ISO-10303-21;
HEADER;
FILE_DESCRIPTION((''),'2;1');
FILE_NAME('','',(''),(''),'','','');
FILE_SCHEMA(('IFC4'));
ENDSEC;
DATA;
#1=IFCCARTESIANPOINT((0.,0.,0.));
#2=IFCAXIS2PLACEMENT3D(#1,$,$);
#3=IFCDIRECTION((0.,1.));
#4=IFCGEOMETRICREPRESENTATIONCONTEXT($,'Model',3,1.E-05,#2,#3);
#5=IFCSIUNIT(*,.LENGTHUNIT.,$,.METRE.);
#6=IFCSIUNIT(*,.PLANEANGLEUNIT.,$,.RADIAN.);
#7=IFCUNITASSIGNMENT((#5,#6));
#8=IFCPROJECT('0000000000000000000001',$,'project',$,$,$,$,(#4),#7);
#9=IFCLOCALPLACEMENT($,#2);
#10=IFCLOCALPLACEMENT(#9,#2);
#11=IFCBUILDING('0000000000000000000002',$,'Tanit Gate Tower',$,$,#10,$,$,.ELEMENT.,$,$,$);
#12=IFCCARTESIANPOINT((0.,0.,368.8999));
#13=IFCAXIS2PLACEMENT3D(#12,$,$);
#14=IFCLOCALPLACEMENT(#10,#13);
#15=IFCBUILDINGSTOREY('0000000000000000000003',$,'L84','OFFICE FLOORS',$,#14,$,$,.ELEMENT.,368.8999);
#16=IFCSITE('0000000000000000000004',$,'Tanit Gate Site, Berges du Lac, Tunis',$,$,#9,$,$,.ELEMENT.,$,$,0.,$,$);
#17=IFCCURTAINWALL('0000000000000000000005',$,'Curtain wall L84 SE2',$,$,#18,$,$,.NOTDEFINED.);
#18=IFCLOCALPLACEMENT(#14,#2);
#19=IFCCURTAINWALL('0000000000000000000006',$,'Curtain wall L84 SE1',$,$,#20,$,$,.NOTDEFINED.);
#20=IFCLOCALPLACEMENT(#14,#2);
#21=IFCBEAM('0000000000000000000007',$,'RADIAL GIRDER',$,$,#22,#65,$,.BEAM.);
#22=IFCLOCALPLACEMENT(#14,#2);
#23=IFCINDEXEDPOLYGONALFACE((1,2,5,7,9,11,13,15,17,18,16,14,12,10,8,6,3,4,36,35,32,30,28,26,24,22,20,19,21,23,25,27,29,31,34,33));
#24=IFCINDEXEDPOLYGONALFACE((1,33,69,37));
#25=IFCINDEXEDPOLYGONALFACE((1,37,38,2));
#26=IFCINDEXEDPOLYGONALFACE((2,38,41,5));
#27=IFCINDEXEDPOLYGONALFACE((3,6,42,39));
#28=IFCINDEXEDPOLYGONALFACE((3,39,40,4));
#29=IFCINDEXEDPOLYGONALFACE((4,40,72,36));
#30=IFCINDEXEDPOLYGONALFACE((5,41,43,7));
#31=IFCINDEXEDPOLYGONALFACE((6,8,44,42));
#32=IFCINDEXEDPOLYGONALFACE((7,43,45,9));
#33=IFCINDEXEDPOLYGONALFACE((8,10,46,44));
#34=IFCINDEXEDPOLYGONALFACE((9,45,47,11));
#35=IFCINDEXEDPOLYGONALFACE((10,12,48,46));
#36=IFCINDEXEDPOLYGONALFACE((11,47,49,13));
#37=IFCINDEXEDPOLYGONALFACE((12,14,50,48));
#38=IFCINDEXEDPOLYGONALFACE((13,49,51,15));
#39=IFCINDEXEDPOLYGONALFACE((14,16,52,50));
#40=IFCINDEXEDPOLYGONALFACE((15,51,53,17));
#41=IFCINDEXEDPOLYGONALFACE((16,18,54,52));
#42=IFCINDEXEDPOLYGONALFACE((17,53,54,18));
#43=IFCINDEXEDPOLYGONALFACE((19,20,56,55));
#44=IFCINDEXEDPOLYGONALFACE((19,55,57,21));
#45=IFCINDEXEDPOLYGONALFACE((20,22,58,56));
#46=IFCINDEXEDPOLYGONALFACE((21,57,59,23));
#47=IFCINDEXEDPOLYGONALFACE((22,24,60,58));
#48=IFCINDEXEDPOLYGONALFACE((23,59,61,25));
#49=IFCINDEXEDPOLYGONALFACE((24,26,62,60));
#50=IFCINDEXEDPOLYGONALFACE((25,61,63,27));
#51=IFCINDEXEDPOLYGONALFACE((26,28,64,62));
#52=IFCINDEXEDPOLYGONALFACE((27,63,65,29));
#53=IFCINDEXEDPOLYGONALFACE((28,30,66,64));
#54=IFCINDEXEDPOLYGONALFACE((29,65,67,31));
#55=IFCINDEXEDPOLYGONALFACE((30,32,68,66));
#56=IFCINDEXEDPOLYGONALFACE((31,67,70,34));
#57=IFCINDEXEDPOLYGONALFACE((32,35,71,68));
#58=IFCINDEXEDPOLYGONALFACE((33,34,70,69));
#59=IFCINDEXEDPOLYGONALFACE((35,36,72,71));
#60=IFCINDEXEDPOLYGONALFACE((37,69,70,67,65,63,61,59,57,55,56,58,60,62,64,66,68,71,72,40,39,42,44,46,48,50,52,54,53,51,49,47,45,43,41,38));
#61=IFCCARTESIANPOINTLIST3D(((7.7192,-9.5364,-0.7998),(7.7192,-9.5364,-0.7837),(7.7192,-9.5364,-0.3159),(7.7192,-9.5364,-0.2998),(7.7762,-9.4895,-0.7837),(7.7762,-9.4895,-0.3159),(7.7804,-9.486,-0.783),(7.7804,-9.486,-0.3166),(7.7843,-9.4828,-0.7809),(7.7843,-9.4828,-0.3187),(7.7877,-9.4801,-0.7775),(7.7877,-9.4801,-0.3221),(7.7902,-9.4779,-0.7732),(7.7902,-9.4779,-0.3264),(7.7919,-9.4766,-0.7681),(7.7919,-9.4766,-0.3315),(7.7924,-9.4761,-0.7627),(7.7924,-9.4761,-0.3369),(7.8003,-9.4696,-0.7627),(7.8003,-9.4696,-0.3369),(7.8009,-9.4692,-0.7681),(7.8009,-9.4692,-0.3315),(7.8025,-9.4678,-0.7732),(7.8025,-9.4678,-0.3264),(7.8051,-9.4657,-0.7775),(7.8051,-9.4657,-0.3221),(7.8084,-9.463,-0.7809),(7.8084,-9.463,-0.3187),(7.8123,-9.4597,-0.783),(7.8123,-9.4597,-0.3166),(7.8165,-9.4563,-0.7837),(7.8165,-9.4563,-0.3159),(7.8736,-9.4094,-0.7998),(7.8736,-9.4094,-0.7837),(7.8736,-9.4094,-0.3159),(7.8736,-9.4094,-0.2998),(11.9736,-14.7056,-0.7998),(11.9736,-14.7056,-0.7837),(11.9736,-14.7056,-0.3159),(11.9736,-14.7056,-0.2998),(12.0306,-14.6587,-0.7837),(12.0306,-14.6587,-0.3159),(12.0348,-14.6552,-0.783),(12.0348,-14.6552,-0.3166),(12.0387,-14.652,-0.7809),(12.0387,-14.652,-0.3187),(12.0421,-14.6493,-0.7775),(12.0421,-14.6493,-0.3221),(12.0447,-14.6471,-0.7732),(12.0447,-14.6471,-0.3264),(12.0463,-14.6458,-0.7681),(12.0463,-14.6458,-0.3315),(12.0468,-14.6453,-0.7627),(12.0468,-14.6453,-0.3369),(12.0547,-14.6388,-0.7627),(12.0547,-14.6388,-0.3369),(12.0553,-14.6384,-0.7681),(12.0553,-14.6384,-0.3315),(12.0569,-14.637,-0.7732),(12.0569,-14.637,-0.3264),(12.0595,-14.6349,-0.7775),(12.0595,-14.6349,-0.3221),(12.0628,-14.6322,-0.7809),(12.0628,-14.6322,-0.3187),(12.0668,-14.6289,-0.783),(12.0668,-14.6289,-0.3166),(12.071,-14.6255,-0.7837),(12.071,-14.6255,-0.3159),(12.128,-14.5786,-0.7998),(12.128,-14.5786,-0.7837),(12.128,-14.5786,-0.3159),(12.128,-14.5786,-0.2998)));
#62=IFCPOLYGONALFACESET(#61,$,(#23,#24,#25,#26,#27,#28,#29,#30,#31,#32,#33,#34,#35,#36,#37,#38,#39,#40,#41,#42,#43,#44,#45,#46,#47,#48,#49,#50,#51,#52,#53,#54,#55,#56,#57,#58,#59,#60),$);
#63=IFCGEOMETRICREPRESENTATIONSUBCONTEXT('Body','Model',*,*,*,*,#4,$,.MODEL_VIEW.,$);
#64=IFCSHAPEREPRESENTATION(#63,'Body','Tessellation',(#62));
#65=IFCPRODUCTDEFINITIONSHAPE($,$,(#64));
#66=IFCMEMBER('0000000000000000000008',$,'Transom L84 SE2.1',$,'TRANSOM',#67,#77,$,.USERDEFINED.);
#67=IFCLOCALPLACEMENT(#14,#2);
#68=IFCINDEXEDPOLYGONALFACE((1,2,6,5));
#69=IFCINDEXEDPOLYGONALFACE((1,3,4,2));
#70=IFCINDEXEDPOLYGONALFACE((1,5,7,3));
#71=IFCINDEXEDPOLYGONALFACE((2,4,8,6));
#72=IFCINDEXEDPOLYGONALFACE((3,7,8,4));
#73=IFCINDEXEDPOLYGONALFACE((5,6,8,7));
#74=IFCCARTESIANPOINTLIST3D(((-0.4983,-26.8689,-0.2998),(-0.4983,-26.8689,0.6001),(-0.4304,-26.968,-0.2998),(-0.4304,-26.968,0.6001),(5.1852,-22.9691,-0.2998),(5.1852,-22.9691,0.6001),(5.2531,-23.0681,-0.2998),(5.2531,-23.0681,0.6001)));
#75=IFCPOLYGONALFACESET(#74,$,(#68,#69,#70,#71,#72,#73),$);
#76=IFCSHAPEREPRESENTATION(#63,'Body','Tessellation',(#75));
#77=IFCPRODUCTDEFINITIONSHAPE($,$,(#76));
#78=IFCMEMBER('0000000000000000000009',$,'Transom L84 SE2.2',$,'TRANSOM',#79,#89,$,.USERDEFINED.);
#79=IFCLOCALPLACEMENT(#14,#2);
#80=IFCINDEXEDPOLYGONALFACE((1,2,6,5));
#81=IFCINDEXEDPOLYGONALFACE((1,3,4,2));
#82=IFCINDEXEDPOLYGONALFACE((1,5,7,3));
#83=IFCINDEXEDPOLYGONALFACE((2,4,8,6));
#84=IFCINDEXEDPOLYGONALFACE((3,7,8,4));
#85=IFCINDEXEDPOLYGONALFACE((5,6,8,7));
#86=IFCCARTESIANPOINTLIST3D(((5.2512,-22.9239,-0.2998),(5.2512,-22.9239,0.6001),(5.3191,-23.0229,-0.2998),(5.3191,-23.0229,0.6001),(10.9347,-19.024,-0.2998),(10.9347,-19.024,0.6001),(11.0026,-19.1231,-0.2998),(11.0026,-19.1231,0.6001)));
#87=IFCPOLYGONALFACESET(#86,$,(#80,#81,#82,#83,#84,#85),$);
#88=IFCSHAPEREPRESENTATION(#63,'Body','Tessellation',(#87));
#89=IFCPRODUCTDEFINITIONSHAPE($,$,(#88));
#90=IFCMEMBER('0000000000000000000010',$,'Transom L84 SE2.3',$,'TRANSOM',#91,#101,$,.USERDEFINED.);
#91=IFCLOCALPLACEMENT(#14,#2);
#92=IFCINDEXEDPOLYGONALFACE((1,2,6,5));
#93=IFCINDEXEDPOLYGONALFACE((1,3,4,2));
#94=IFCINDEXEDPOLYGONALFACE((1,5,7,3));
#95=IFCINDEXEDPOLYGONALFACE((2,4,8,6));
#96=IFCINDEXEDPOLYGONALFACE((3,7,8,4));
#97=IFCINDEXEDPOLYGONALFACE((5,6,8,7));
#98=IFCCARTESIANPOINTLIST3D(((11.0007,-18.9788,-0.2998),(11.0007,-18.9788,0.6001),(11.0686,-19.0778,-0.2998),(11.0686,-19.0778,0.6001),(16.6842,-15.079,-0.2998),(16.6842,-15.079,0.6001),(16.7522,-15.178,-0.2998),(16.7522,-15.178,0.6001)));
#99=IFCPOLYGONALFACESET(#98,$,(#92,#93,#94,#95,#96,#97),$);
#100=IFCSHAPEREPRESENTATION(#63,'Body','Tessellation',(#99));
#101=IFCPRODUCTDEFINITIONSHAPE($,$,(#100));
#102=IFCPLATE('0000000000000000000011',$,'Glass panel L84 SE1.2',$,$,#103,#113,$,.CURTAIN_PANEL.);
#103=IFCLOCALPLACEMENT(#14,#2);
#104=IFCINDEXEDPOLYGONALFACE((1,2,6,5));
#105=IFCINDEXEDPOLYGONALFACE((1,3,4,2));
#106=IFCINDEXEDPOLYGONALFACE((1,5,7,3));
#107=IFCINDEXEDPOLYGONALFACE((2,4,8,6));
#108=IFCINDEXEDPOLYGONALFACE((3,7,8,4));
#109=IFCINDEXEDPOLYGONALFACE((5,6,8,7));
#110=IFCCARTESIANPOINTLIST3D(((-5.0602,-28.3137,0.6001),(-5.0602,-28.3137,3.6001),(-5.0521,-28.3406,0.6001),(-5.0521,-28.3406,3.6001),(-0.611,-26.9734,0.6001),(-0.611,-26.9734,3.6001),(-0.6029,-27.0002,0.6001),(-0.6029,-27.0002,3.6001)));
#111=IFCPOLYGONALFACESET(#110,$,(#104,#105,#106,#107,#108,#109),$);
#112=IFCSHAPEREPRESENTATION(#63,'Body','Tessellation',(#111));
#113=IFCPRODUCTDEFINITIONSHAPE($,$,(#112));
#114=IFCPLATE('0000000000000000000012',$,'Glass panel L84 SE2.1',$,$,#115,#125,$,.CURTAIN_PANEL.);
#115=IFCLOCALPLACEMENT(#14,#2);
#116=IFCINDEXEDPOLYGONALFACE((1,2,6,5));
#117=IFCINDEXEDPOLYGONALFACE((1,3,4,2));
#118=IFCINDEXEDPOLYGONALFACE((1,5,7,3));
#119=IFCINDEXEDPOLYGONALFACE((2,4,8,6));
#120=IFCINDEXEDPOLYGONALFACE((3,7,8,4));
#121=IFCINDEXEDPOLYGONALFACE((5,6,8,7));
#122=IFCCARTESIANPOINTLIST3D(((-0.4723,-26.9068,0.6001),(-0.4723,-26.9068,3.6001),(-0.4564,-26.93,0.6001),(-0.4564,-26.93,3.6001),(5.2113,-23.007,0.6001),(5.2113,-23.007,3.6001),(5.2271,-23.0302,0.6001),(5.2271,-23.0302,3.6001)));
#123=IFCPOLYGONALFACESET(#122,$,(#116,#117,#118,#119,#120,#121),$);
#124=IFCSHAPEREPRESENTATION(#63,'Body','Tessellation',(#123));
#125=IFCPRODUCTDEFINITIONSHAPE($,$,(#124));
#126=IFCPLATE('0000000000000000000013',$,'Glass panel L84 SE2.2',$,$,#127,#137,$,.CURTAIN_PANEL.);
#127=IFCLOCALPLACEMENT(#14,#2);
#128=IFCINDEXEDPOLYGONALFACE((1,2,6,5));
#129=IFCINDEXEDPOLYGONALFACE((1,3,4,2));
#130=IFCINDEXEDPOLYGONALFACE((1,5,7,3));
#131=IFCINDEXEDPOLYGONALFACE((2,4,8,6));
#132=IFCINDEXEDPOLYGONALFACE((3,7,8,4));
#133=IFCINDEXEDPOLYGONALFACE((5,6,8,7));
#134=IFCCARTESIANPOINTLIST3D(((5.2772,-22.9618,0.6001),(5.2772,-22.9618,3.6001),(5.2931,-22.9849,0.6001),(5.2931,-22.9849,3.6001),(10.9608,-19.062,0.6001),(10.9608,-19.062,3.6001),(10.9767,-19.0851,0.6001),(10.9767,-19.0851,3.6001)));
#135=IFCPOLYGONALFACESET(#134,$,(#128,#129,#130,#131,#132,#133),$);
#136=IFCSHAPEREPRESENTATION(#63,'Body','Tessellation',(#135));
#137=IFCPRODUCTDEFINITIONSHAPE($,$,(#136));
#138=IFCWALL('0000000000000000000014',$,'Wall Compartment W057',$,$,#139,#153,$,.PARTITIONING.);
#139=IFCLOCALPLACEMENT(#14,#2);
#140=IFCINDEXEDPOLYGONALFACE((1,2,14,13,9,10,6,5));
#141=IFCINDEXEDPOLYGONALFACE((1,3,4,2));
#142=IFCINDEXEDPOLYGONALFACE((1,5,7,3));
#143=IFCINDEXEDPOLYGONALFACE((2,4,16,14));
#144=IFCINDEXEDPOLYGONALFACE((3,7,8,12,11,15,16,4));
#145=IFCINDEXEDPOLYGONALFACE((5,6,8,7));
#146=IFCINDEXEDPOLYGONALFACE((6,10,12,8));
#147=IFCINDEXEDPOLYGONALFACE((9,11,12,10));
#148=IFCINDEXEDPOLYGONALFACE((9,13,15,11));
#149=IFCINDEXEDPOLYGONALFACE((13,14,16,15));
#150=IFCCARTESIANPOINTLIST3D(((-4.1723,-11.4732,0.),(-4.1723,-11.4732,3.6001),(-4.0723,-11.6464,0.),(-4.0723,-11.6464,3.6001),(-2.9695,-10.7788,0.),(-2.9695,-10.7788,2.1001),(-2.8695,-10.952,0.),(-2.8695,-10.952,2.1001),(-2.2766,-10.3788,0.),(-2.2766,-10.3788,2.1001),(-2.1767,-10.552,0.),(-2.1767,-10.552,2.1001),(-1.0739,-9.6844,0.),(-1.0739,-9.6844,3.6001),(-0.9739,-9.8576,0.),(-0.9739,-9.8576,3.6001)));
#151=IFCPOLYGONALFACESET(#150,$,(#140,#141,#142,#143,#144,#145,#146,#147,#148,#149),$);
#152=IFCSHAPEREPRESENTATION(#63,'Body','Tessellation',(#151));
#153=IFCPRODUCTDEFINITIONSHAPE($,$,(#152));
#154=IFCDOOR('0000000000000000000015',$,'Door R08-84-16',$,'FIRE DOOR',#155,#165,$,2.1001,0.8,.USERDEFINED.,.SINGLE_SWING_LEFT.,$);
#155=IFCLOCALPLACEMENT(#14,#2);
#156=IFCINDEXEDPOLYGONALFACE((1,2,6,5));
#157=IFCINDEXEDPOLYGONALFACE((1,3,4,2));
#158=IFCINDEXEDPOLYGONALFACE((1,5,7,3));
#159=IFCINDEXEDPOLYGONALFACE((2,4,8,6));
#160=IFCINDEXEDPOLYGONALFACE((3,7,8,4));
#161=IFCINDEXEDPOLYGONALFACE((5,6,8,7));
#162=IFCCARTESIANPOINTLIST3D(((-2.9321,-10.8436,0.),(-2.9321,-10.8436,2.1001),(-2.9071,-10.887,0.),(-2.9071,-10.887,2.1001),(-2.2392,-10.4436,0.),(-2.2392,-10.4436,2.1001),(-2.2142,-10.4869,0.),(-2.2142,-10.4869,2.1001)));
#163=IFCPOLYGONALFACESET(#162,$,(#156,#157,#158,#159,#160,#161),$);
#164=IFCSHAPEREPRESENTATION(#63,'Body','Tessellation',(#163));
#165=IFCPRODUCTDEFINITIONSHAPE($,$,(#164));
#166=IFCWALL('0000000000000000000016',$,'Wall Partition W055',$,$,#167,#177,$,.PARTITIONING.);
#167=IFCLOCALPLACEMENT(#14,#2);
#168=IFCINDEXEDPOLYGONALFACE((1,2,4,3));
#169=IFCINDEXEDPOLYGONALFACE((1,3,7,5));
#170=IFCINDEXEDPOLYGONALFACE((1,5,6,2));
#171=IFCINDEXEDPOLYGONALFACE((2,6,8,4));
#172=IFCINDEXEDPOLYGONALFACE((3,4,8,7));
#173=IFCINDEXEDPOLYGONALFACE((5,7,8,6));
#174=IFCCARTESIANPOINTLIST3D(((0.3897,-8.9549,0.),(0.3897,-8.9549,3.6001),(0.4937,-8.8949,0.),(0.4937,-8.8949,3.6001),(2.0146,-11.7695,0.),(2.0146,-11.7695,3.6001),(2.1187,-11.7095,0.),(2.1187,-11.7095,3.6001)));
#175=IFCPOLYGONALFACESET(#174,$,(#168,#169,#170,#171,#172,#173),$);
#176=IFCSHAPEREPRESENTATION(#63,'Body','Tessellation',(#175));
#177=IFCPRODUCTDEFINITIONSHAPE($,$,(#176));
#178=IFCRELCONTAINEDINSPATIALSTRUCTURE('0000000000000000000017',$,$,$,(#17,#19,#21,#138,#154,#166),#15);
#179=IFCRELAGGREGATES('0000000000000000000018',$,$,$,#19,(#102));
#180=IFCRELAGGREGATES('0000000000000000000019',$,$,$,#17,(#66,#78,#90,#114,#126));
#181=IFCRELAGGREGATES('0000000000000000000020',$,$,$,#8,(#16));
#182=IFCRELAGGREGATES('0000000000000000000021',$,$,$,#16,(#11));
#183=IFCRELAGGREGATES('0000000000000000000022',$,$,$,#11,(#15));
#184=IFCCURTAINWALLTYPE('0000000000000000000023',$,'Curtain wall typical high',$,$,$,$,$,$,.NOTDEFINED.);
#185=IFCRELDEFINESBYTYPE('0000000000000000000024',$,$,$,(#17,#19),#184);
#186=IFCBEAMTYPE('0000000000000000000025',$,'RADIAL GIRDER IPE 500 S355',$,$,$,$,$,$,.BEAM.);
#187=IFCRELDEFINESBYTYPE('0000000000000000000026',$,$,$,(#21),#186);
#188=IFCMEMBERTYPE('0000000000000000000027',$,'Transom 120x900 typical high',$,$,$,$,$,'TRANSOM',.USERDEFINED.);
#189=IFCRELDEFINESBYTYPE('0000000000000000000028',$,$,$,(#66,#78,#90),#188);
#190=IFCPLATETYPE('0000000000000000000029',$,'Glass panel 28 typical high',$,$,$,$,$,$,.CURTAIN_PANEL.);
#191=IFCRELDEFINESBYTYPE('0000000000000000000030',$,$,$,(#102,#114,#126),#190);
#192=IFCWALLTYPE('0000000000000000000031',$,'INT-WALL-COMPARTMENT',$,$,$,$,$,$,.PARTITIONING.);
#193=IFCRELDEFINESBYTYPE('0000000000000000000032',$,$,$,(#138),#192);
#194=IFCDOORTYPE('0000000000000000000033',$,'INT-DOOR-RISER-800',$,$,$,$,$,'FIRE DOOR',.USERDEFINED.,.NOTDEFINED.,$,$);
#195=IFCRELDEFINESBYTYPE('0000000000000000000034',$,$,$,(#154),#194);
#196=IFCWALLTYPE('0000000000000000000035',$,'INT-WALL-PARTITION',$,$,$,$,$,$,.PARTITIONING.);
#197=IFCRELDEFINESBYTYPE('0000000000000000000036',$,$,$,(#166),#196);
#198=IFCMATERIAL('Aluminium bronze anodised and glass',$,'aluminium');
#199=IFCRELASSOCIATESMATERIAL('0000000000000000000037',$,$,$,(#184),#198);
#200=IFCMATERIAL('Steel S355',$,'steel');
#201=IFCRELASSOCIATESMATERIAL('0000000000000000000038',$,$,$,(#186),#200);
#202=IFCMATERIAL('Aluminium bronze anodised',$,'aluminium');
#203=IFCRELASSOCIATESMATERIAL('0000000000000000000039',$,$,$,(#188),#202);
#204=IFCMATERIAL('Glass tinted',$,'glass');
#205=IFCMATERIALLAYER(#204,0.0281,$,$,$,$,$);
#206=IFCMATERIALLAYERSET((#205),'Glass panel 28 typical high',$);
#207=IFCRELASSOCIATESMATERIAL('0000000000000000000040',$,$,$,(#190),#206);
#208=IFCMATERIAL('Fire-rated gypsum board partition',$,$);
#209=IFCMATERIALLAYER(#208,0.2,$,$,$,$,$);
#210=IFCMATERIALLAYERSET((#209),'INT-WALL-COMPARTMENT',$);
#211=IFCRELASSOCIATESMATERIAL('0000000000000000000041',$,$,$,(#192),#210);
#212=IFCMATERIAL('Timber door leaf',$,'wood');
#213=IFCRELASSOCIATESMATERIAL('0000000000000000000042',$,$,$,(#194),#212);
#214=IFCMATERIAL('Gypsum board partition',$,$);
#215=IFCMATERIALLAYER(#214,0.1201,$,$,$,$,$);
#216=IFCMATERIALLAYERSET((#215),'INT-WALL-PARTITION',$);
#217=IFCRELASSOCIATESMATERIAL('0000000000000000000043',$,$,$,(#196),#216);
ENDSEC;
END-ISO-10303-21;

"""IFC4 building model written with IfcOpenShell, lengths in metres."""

from ifc_helpers import new_model, si_unit, direction, frame, frame_2d, origin, origin_2d, place, context, subcontext, project, spatial, rectangle, i_section, extrude, material, layer, layer_set, material_profile, profile_set, type_object, element, fill, aggregate, save


model = new_model("IFC4")

# Units and contexts
model_context = context("Model", 3, precision=1e-05, world=origin(), true_north=direction((0.0, 1.0)))
body_context = subcontext(model_context, "Body", "Model", "MODEL_VIEW")
ifc_project = project(units=[si_unit("LENGTHUNIT", "METRE"), si_unit("PLANEANGLEUNIT", "RADIAN")], contexts=[model_context])

# Site, building, storey
site_placement = place(None, origin())
site = spatial("IfcSite", under=ifc_project, at=site_placement, Name="Tanit Gate Site, Berges du Lac, Tunis", CompositionType="ELEMENT", RefElevation=0.0)
building_placement = place(site_placement, origin())
building = spatial("IfcBuilding", under=site, at=building_placement, Name="Tanit Gate Tower", CompositionType="ELEMENT")
storey_placement = place(building_placement, frame((0.0, 0.0, 368.8999)))
storey = spatial("IfcBuildingStorey", under=building, at=storey_placement, Name="L84", Description="OFFICE FLOORS", CompositionType="ELEMENT", Elevation=368.8999)

# Curtain wall
ifc_material_1 = material(Name="Aluminium bronze anodised and glass", Category="aluminium")
curtain_wall_type = type_object("IfcCurtainWallType", Name="Curtain wall typical high", PredefinedType="NOTDEFINED", material=ifc_material_1)
curtain_wall_1_placement = place(storey_placement, origin())
curtain_wall_1 = element("IfcCurtainWall", 1, at=curtain_wall_1_placement, inside=storey, type_object=curtain_wall_type, Name="Curtain wall L84 SE2", PredefinedType="NOTDEFINED")

# Curtain wall
curtain_wall_2_placement = place(storey_placement, origin())
curtain_wall_2 = element("IfcCurtainWall", 2, at=curtain_wall_2_placement, inside=storey, type_object=curtain_wall_type, Name="Curtain wall L84 SE1", PredefinedType="NOTDEFINED")

# Beam
ifc_material_2 = material(Name="Steel S355", Category="steel")
ifc_material_profile_1 = material_profile(ifc_material_2, i_section(OverallWidth=0.2, OverallDepth=0.5, WebThickness=0.0103, FlangeThickness=0.0161, FilletRadius=0.021, at=origin_2d()), Name="IPE 500")
ifc_profile_set_1 = profile_set([ifc_material_profile_1], Name="Steel S355")
beam_type = type_object("IfcBeamType", Name="RADIAL GIRDER IPE 500 S355", PredefinedType="BEAM", material=ifc_profile_set_1)
for number, where, z_axis, x_axis, name in (
    (3, (12.0508, -14.6421, -0.5498), (-0.635477, 0.77212, 0.0), (-0.77212, -0.635477, 0.0), "RADIAL GIRDER"),
):
    element("IfcBeam", number, at=place(storey_placement, frame(where, z_axis=z_axis, x_axis=x_axis)), inside=storey, type_object=beam_type, Name=name, PredefinedType="BEAM", context=body_context, shape_type="SweptSolid", body=[
        extrude(i_section(OverallWidth=0.2, OverallDepth=0.5, WebThickness=0.0103, FlangeThickness=0.0161, FilletRadius=0.021, at=origin_2d()), origin(), (0.0, 0.0, 1.0), 6.6948),
    ])

# Members
ifc_material_3 = material(Name="Aluminium bronze anodised", Category="aluminium")
ifc_material_profile_2 = material_profile(ifc_material_3, rectangle(XDim=0.1201, YDim=0.8999, at=origin_2d()), Name="120x900 bronze transom")
ifc_profile_set_2 = profile_set([ifc_material_profile_2], Name="Aluminium bronze anodised")
member_type_1 = type_object("IfcMemberType", Name="Transom 120x900 typical high", ElementType="TRANSOM", PredefinedType="USERDEFINED", material=ifc_profile_set_2)
member_1_placement = place(storey_placement, frame((-0.4644, -26.9185, 0.1501), z_axis=(0.824554, 0.565783, 0.0), x_axis=(-0.565783, 0.824554, 0.0)))
member_1 = element("IfcMember", 4, at=member_1_placement, type_object=member_type_1, Name="Transom L84 SE2.1", ObjectType="TRANSOM", PredefinedType="USERDEFINED", context=body_context, shape_type="SweptSolid", body=[
    extrude(rectangle(XDim=0.1201, YDim=0.8999, at=origin_2d()), origin(), (0.0, 0.0, 1.0), 6.8928),
])
member_2_placement = place(storey_placement, frame((5.2852, -22.9734, 0.1501), z_axis=(0.824554, 0.565783, 0.0), x_axis=(-0.565783, 0.824554, 0.0)))
member_2 = element("IfcMember", 5, at=member_2_placement, type_object=member_type_1, Name="Transom L84 SE2.2", ObjectType="TRANSOM", PredefinedType="USERDEFINED", context=body_context, shape_type="SweptSolid", body=[
    extrude(rectangle(XDim=0.1201, YDim=0.8999, at=origin_2d()), origin(), (0.0, 0.0, 1.0), 6.8928),
])
member_3_placement = place(storey_placement, frame((11.0347, -19.0283, 0.1501), z_axis=(0.824554, 0.565783, 0.0), x_axis=(-0.565783, 0.824554, 0.0)))
member_3 = element("IfcMember", 6, at=member_3_placement, type_object=member_type_1, Name="Transom L84 SE2.3", ObjectType="TRANSOM", PredefinedType="USERDEFINED", context=body_context, shape_type="SweptSolid", body=[
    extrude(rectangle(XDim=0.1201, YDim=0.8999, at=origin_2d()), origin(), (0.0, 0.0, 1.0), 6.8928),
])

# Plates
ifc_material_4 = material(Name="Glass tinted", Category="glass")
ifc_layer_1 = layer(ifc_material_4, 0.0281)
ifc_layer_set_1 = layer_set([ifc_layer_1], Name="Glass panel 28 typical high")
plate_type = type_object("IfcPlateType", Name="Glass panel 28 typical high", PredefinedType="CURTAIN_PANEL", material=ifc_layer_set_1)
plate_1_placement = place(storey_placement, frame((-2.8315, -27.657, 0.6001), z_axis=(0.0, 0.0, 1.0), x_axis=(0.957493, 0.288456, 0.0)))
plate_1 = element("IfcPlate", 7, at=plate_1_placement, type_object=plate_type, Name="Glass panel L84 SE1.2", PredefinedType="CURTAIN_PANEL", context=body_context, shape_type="SweptSolid", body=[
    extrude(rectangle(XDim=4.6467, YDim=0.0281, at=origin_2d()), origin(), (0.0, 0.0, 1.0), 3.0),
])
aggregate(curtain_wall_2, [plate_1])
plate_2_placement = place(storey_placement, frame((2.3774, -24.9685, 0.6001), z_axis=(0.0, 0.0, 1.0), x_axis=(0.824557, 0.56578, 0.0)))
plate_2 = element("IfcPlate", 8, at=plate_2_placement, type_object=plate_type, Name="Glass panel L84 SE2.1", PredefinedType="CURTAIN_PANEL", context=body_context, shape_type="SweptSolid", body=[
    extrude(rectangle(XDim=6.8928, YDim=0.0281, at=origin_2d()), origin(), (0.0, 0.0, 1.0), 3.0),
])
plate_3_placement = place(storey_placement, frame((8.127, -21.0234, 0.6001), z_axis=(0.0, 0.0, 1.0), x_axis=(0.824557, 0.56578, 0.0)))
plate_3 = element("IfcPlate", 9, at=plate_3_placement, type_object=plate_type, Name="Glass panel L84 SE2.2", PredefinedType="CURTAIN_PANEL", context=body_context, shape_type="SweptSolid", body=[
    extrude(rectangle(XDim=6.8928, YDim=0.0281, at=origin_2d()), origin(), (0.0, 0.0, 1.0), 3.0),
])
aggregate(curtain_wall_1, [member_1, member_2, member_3, plate_2, plate_3])

# Wall, opening, door
ifc_material_5 = material(Name="Fire-rated gypsum board partition")
ifc_layer_2 = layer(ifc_material_5, 0.2)
ifc_layer_set_2 = layer_set([ifc_layer_2], Name="INT-WALL-COMPARTMENT")
wall_type_1 = type_object("IfcWallType", Name="INT-WALL-COMPARTMENT", PredefinedType="PARTITIONING", material=ifc_layer_set_2)
wall_1_placement = place(storey_placement, frame((-1.0239, -9.771, 0.0), z_axis=(0.0, 0.0, 1.0), x_axis=(-0.86603, -0.499992, 0.0)))
wall_1 = element("IfcWall", 10, at=wall_1_placement, inside=storey, type_object=wall_type_1, Name="Wall Compartment W057", PredefinedType="PARTITIONING", context=body_context, shape_type="SweptSolid", body=[
    extrude(rectangle(XDim=3.5776, YDim=0.2, at=frame_2d((1.7888, 0.0))), origin(), (0.0, 0.0, 1.0), 3.6001),
])
opening_1_placement = place(wall_1_placement, frame((1.3889, 0.0, 0.0)))
opening_1 = element("IfcOpeningElement", 11, at=opening_1_placement, cuts=wall_1, PredefinedType="OPENING", context=body_context, shape_type="SweptSolid", body=[
    extrude(rectangle(XDim=0.8, YDim=2.1001, at=frame_2d((0.3999, 1.05))), frame((0.0, 0.1099, 0.0), z_axis=(0.0, -1.0, 0.0), x_axis=(1.0, 0.0, 0.0)), (0.0, 0.0, 1.0), 0.22),
])
ifc_material_6 = material(Name="Timber door leaf", Category="wood")
door_type = type_object("IfcDoorType", Name="INT-DOOR-RISER-800", ElementType="FIRE DOOR", OperationType="NOTDEFINED", PredefinedType="USERDEFINED", material=ifc_material_6)
door_1_placement = place(opening_1_placement, origin())
door_1 = element("IfcDoor", 12, at=door_1_placement, inside=storey, type_object=door_type, Name="Door R08-84-16", ObjectType="FIRE DOOR", OperationType="SINGLE_SWING_LEFT", OverallHeight=2.1001, OverallWidth=0.8, PredefinedType="USERDEFINED", context=body_context, shape_type="SweptSolid", body=[
    extrude(rectangle(XDim=0.8, YDim=2.1001, at=frame_2d((0.3999, 1.05))), frame((0.0, 0.0249, 0.0), z_axis=(0.0, -1.0, 0.0), x_axis=(1.0, 0.0, 0.0)), (0.0, 0.0, 1.0), 0.05),
])
fill(opening_1, door_1)

# Wall
ifc_material_7 = material(Name="Gypsum board partition")
ifc_layer_3 = layer(ifc_material_7, 0.1201)
ifc_layer_set_3 = layer_set([ifc_layer_3], Name="INT-WALL-PARTITION")
wall_type_2 = type_object("IfcWallType", Name="INT-WALL-PARTITION", PredefinedType="PARTITIONING", material=ifc_layer_set_3)
wall_2_placement = place(storey_placement, frame((2.0667, -11.7395, 0.0), z_axis=(0.0, 0.0, 1.0), x_axis=(-0.499985, 0.866034, 0.0)))
element("IfcWall", 13, at=wall_2_placement, inside=storey, type_object=wall_type_2, Name="Wall Partition W055", PredefinedType="PARTITIONING", context=body_context, shape_type="SweptSolid", body=[
    extrude(rectangle(XDim=3.25, YDim=0.1201, at=frame_2d((1.625, 0.0))), origin(), (0.0, 0.0, 1.0), 3.6001),
])

save(model, "model.ifc")
